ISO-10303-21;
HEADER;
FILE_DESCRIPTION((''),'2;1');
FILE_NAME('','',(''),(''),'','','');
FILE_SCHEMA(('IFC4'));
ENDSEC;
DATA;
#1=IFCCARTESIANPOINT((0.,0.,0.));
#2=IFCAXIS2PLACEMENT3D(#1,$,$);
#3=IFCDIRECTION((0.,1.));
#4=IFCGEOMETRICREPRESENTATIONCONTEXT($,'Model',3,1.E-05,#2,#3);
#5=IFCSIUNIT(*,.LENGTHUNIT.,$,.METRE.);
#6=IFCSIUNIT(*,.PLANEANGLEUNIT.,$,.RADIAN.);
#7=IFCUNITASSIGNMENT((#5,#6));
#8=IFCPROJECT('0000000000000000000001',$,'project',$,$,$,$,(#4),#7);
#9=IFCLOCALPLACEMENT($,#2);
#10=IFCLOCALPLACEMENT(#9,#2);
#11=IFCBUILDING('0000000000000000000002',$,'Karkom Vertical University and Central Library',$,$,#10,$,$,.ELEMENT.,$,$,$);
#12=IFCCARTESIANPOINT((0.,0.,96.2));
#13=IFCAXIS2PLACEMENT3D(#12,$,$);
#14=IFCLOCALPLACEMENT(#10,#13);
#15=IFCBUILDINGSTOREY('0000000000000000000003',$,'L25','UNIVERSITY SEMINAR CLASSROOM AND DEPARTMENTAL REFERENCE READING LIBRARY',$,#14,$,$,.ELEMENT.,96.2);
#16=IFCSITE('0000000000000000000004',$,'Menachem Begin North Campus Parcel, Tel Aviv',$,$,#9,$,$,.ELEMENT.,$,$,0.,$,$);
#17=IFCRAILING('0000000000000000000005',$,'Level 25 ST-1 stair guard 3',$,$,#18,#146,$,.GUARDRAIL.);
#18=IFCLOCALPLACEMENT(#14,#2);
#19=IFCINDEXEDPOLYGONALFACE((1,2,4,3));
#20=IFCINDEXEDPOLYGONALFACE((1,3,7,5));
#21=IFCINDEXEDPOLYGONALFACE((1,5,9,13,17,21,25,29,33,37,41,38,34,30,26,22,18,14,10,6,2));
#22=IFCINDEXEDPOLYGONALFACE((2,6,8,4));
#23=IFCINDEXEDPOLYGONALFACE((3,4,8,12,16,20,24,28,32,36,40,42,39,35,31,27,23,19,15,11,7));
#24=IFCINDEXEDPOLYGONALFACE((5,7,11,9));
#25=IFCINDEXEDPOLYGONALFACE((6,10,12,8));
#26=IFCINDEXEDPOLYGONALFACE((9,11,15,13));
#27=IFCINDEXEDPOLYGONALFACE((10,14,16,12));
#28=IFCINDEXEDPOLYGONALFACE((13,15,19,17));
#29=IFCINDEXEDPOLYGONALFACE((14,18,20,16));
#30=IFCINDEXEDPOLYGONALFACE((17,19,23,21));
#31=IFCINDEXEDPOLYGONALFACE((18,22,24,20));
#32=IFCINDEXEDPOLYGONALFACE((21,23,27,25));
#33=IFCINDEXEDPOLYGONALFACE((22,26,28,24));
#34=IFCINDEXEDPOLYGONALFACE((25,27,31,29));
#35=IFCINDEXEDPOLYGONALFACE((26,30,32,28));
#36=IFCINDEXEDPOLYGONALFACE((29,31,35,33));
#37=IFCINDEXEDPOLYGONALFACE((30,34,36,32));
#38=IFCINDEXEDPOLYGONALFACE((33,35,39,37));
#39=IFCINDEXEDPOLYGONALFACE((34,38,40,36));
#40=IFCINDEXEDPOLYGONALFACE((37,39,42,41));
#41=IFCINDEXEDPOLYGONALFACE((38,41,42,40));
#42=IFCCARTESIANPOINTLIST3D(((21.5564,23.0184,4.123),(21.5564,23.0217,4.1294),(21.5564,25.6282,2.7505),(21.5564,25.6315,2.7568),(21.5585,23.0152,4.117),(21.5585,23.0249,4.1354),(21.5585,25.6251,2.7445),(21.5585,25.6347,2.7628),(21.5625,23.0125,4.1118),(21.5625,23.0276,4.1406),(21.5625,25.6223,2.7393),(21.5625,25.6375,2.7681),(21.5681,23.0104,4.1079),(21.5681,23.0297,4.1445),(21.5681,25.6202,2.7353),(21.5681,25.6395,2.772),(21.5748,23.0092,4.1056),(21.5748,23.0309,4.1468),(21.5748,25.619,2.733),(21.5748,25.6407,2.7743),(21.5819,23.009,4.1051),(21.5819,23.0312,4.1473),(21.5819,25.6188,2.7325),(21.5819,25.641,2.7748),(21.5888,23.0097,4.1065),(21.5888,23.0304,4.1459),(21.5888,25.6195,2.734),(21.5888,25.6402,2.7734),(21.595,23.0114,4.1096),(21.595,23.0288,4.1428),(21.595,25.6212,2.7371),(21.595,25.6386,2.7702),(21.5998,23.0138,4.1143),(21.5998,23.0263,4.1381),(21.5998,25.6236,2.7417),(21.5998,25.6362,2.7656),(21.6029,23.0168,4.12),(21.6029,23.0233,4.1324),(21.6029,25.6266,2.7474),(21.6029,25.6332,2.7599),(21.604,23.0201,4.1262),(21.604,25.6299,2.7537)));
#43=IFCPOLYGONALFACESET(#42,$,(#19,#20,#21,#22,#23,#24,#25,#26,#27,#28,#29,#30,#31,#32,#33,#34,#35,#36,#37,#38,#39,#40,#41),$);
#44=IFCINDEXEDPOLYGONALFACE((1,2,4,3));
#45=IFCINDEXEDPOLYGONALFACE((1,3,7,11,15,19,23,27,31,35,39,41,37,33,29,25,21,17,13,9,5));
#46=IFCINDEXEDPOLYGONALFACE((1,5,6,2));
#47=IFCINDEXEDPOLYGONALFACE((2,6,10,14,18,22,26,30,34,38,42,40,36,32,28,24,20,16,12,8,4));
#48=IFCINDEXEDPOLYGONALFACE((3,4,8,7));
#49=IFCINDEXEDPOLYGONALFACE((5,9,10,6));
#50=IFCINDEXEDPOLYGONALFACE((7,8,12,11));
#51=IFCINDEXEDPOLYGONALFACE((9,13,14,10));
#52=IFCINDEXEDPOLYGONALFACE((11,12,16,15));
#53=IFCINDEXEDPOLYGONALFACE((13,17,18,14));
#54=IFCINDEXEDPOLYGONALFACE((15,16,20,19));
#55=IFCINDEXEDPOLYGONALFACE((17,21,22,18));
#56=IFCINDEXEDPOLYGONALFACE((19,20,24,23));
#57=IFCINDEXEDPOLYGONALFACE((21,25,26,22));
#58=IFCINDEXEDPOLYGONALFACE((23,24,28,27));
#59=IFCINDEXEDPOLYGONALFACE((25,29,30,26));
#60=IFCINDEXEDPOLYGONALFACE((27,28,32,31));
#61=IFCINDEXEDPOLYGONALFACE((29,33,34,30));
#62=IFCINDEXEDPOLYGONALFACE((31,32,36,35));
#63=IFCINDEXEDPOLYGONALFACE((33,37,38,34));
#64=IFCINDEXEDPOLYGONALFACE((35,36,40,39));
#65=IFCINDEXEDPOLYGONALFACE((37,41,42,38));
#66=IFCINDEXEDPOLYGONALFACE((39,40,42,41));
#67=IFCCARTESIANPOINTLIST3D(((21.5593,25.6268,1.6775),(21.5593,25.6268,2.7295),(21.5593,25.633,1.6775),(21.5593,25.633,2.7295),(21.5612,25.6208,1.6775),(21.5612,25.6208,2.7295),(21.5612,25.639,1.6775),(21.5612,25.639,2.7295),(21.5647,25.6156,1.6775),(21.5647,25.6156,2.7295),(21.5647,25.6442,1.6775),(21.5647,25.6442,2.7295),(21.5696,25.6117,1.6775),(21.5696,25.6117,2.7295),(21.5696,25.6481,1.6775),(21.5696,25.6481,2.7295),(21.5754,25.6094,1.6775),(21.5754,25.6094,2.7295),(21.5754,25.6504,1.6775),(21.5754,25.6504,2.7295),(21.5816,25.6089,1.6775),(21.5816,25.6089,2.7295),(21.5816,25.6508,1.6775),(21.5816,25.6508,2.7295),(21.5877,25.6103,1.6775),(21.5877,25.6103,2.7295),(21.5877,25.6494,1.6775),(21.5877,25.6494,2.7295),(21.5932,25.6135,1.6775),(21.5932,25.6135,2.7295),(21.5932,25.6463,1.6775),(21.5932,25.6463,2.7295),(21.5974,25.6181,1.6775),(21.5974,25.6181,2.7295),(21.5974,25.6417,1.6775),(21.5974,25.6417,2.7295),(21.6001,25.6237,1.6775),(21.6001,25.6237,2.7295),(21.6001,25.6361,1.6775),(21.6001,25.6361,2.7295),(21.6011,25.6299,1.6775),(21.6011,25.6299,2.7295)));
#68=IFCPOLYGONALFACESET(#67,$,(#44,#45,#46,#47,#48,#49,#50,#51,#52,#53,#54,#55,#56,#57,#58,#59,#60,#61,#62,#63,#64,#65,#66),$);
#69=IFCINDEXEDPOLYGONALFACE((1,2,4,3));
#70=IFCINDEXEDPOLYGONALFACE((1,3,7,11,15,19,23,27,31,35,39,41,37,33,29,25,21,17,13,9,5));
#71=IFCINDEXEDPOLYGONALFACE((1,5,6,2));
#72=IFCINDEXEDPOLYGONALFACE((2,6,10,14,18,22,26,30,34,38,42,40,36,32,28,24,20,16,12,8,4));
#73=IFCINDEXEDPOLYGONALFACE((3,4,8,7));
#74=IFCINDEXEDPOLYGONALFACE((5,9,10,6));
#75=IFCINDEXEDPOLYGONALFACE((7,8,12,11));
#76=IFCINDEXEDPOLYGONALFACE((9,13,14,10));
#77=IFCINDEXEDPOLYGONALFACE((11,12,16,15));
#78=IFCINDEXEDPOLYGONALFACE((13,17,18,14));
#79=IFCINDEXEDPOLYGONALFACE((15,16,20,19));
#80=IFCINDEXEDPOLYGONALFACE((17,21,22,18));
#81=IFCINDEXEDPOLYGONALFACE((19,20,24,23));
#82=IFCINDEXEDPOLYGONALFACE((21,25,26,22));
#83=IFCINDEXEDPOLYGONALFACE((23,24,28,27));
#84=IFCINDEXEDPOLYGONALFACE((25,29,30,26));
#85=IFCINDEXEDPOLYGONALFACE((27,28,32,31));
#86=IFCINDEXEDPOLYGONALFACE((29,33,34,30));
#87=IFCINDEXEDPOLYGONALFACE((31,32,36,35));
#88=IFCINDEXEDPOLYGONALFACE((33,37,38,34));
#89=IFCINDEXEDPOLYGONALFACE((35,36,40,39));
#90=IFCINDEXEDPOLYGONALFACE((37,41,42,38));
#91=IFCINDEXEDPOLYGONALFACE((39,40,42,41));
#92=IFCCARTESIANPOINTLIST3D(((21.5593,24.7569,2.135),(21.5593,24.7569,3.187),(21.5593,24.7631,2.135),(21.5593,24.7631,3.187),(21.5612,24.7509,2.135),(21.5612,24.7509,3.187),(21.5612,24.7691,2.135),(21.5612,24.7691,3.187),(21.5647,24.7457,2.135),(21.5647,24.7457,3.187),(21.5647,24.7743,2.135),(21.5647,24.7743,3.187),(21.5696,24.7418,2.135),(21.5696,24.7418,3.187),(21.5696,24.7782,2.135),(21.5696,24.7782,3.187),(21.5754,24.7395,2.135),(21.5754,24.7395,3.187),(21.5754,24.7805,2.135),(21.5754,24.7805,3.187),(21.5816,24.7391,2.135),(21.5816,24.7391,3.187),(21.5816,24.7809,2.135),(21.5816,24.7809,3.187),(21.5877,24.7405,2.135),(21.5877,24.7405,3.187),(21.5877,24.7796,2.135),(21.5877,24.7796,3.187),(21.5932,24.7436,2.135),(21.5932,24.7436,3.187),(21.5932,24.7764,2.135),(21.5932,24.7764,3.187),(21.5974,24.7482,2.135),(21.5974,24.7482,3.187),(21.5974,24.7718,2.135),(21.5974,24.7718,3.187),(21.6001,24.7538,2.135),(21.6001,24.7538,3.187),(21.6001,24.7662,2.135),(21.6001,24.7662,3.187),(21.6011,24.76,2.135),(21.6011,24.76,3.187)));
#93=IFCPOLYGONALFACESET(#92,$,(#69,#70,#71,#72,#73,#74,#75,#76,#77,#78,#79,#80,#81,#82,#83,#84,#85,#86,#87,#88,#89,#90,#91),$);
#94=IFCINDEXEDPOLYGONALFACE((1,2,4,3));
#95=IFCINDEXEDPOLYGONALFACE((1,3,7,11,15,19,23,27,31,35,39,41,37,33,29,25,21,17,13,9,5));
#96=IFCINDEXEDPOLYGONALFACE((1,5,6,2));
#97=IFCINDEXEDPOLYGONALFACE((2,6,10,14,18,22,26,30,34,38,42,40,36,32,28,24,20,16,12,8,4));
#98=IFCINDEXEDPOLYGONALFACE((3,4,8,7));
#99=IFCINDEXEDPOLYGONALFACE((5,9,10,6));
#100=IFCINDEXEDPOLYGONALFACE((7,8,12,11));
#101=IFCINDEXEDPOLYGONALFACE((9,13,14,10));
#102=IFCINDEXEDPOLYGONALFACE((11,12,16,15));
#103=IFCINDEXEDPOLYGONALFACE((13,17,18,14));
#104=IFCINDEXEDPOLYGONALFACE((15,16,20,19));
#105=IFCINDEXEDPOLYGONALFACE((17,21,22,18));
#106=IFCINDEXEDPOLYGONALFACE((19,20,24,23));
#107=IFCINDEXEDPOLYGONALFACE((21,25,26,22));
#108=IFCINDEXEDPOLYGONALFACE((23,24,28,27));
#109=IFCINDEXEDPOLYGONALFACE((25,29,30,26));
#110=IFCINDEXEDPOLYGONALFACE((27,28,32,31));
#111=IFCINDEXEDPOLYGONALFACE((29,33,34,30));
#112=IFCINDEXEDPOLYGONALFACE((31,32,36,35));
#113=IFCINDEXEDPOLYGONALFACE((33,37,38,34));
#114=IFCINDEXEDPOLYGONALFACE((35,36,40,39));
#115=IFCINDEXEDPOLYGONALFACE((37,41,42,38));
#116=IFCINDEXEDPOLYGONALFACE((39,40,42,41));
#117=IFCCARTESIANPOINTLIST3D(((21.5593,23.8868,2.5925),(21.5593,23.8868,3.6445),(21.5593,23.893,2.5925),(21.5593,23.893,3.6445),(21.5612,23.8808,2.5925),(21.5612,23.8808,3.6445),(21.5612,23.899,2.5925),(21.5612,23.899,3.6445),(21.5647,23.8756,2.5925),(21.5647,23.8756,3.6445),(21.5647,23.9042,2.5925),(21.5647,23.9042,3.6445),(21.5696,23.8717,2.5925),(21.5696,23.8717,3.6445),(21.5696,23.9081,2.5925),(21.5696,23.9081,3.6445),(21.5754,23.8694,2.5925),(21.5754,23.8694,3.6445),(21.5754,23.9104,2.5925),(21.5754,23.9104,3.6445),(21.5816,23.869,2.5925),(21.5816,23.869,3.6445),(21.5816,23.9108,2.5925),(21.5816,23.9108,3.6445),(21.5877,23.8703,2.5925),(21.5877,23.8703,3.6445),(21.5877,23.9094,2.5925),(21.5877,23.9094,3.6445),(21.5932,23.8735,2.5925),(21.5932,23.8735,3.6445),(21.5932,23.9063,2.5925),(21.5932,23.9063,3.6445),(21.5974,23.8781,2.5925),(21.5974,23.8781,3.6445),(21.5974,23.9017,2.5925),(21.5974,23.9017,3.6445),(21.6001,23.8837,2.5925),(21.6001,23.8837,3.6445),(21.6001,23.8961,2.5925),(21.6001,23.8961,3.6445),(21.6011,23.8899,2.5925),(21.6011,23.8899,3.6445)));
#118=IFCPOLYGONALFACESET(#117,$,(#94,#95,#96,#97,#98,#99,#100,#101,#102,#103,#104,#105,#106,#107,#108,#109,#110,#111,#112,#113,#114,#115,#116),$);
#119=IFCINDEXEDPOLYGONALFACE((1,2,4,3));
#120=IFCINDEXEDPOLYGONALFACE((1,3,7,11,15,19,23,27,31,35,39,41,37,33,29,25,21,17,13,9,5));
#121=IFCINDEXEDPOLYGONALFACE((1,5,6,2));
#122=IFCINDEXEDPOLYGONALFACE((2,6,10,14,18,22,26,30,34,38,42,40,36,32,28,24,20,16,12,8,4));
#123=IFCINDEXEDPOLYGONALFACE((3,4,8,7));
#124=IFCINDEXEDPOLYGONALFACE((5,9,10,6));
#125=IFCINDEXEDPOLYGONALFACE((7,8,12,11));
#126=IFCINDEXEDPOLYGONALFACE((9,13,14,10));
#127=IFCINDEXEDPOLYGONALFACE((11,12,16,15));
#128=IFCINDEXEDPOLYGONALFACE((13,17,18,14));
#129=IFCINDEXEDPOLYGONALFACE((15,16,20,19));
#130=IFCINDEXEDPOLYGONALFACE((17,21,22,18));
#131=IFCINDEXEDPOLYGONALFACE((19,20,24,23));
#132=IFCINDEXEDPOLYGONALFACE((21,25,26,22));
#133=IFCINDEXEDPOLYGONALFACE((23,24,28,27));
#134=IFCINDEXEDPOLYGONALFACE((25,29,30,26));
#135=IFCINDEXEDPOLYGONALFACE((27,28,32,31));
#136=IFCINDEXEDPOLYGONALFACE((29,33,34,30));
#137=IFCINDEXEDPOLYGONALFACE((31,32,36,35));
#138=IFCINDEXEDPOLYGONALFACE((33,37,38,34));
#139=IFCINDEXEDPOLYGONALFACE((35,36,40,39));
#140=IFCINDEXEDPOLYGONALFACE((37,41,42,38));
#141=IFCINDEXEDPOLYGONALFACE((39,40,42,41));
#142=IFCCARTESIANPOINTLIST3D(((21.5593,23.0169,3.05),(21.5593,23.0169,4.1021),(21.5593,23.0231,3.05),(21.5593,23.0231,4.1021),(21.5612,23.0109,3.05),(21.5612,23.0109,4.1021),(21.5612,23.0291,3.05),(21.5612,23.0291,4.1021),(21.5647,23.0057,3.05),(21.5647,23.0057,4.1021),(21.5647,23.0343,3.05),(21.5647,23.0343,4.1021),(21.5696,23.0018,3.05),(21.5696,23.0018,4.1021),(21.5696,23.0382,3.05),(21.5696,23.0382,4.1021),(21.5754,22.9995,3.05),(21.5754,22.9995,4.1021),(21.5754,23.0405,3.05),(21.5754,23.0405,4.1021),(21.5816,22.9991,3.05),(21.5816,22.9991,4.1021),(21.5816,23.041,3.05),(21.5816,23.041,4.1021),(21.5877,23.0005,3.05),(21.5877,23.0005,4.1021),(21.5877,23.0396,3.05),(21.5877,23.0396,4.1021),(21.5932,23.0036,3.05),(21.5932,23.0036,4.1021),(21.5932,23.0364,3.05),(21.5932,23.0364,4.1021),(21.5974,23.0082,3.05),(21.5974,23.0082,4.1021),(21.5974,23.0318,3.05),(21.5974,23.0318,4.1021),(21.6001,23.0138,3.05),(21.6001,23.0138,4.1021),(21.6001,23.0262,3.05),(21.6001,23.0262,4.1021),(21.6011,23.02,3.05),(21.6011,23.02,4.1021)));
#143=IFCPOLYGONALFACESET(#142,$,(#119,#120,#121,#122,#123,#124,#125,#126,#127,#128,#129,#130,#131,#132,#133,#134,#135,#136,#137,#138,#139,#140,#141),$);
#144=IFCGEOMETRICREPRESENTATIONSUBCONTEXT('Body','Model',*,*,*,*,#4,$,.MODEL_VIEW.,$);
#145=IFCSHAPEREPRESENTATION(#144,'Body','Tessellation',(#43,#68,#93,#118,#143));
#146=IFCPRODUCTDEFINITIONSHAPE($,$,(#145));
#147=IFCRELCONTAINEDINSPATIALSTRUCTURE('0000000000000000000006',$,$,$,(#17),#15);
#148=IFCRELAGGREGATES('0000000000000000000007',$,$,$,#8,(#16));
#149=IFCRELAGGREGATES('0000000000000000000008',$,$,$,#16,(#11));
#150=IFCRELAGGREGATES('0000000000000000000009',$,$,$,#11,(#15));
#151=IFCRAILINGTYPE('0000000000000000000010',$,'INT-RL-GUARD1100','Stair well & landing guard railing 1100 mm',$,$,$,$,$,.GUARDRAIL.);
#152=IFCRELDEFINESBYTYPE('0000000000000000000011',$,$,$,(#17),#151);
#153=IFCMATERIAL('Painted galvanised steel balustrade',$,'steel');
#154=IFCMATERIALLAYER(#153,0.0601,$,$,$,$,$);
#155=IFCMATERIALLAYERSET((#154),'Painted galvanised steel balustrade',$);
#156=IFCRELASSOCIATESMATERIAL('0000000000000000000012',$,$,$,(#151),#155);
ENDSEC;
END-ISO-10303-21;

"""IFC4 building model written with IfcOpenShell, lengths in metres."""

from ifc_helpers import new_model, si_unit, direction, frame, origin, origin_2d, place, context, subcontext, project, spatial, circle, extrude, material, layer, layer_set, type_object, element, save


model = new_model("IFC4")

# Units and contexts
model_context = context("Model", 3, precision=1e-05, world=origin(), true_north=direction((0.0, 1.0)))
body_context = subcontext(model_context, "Body", "Model", "MODEL_VIEW")
ifc_project = project(units=[si_unit("LENGTHUNIT", "METRE"), si_unit("PLANEANGLEUNIT", "RADIAN")], contexts=[model_context])

# Site, building, storey
site_placement = place(None, origin())
site = spatial("IfcSite", under=ifc_project, at=site_placement, Name="Menachem Begin North Campus Parcel, Tel Aviv", CompositionType="ELEMENT", RefElevation=0.0)
building_placement = place(site_placement, origin())
building = spatial("IfcBuilding", under=site, at=building_placement, Name="Karkom Vertical University and Central Library", CompositionType="ELEMENT")
storey_placement = place(building_placement, frame((0.0, 0.0, 96.2)))
storey = spatial("IfcBuildingStorey", under=building, at=storey_placement, Name="L25", Description="UNIVERSITY SEMINAR CLASSROOM AND DEPARTMENTAL REFERENCE READING LIBRARY", CompositionType="ELEMENT", Elevation=96.2)

# Railing
ifc_material_1 = material(Name="Painted galvanised steel balustrade", Category="steel")
ifc_layer_1 = layer(ifc_material_1, 0.0601)
ifc_layer_set_1 = layer_set([ifc_layer_1], Name="Painted galvanised steel balustrade")
railing_type_1 = type_object("IfcRailingType", Name="INT-RL-GUARD1100", Description="Stair well & landing guard railing 1100 mm", PredefinedType="GUARDRAIL", material=ifc_layer_set_1)
railing_1_placement = place(storey_placement, frame((21.5801, 25.6299, 1.6775)))
element("IfcRailing", 1, at=railing_1_placement, inside=storey, type_object=railing_type_1, Name="Level 25 ST-1 stair guard 3", PredefinedType="GUARDRAIL", context=body_context, shape_type="SweptSolid", body=[
    extrude(circle(Radius=0.0239, at=origin_2d()), frame((0.0, 0.0, 1.0762), z_axis=(0.0, -0.885065, 0.465467), x_axis=(1.0, 0.0, 0.0)), (0.0, 0.0, 1.0), 2.9487),
    extrude(circle(Radius=0.021, at=origin_2d()), origin(), (0.0, 0.0, 1.0), 1.052),
    extrude(circle(Radius=0.021, at=origin_2d()), frame((0.0, -0.8699, 0.4575)), (0.0, 0.0, 1.0), 1.052),
    extrude(circle(Radius=0.021, at=origin_2d()), frame((0.0, -1.74, 0.915)), (0.0, 0.0, 1.0), 1.052),
    extrude(circle(Radius=0.021, at=origin_2d()), frame((0.0, -2.6099, 1.3726)), (0.0, 0.0, 1.0), 1.052),
])

save(model, "model.ifc")
